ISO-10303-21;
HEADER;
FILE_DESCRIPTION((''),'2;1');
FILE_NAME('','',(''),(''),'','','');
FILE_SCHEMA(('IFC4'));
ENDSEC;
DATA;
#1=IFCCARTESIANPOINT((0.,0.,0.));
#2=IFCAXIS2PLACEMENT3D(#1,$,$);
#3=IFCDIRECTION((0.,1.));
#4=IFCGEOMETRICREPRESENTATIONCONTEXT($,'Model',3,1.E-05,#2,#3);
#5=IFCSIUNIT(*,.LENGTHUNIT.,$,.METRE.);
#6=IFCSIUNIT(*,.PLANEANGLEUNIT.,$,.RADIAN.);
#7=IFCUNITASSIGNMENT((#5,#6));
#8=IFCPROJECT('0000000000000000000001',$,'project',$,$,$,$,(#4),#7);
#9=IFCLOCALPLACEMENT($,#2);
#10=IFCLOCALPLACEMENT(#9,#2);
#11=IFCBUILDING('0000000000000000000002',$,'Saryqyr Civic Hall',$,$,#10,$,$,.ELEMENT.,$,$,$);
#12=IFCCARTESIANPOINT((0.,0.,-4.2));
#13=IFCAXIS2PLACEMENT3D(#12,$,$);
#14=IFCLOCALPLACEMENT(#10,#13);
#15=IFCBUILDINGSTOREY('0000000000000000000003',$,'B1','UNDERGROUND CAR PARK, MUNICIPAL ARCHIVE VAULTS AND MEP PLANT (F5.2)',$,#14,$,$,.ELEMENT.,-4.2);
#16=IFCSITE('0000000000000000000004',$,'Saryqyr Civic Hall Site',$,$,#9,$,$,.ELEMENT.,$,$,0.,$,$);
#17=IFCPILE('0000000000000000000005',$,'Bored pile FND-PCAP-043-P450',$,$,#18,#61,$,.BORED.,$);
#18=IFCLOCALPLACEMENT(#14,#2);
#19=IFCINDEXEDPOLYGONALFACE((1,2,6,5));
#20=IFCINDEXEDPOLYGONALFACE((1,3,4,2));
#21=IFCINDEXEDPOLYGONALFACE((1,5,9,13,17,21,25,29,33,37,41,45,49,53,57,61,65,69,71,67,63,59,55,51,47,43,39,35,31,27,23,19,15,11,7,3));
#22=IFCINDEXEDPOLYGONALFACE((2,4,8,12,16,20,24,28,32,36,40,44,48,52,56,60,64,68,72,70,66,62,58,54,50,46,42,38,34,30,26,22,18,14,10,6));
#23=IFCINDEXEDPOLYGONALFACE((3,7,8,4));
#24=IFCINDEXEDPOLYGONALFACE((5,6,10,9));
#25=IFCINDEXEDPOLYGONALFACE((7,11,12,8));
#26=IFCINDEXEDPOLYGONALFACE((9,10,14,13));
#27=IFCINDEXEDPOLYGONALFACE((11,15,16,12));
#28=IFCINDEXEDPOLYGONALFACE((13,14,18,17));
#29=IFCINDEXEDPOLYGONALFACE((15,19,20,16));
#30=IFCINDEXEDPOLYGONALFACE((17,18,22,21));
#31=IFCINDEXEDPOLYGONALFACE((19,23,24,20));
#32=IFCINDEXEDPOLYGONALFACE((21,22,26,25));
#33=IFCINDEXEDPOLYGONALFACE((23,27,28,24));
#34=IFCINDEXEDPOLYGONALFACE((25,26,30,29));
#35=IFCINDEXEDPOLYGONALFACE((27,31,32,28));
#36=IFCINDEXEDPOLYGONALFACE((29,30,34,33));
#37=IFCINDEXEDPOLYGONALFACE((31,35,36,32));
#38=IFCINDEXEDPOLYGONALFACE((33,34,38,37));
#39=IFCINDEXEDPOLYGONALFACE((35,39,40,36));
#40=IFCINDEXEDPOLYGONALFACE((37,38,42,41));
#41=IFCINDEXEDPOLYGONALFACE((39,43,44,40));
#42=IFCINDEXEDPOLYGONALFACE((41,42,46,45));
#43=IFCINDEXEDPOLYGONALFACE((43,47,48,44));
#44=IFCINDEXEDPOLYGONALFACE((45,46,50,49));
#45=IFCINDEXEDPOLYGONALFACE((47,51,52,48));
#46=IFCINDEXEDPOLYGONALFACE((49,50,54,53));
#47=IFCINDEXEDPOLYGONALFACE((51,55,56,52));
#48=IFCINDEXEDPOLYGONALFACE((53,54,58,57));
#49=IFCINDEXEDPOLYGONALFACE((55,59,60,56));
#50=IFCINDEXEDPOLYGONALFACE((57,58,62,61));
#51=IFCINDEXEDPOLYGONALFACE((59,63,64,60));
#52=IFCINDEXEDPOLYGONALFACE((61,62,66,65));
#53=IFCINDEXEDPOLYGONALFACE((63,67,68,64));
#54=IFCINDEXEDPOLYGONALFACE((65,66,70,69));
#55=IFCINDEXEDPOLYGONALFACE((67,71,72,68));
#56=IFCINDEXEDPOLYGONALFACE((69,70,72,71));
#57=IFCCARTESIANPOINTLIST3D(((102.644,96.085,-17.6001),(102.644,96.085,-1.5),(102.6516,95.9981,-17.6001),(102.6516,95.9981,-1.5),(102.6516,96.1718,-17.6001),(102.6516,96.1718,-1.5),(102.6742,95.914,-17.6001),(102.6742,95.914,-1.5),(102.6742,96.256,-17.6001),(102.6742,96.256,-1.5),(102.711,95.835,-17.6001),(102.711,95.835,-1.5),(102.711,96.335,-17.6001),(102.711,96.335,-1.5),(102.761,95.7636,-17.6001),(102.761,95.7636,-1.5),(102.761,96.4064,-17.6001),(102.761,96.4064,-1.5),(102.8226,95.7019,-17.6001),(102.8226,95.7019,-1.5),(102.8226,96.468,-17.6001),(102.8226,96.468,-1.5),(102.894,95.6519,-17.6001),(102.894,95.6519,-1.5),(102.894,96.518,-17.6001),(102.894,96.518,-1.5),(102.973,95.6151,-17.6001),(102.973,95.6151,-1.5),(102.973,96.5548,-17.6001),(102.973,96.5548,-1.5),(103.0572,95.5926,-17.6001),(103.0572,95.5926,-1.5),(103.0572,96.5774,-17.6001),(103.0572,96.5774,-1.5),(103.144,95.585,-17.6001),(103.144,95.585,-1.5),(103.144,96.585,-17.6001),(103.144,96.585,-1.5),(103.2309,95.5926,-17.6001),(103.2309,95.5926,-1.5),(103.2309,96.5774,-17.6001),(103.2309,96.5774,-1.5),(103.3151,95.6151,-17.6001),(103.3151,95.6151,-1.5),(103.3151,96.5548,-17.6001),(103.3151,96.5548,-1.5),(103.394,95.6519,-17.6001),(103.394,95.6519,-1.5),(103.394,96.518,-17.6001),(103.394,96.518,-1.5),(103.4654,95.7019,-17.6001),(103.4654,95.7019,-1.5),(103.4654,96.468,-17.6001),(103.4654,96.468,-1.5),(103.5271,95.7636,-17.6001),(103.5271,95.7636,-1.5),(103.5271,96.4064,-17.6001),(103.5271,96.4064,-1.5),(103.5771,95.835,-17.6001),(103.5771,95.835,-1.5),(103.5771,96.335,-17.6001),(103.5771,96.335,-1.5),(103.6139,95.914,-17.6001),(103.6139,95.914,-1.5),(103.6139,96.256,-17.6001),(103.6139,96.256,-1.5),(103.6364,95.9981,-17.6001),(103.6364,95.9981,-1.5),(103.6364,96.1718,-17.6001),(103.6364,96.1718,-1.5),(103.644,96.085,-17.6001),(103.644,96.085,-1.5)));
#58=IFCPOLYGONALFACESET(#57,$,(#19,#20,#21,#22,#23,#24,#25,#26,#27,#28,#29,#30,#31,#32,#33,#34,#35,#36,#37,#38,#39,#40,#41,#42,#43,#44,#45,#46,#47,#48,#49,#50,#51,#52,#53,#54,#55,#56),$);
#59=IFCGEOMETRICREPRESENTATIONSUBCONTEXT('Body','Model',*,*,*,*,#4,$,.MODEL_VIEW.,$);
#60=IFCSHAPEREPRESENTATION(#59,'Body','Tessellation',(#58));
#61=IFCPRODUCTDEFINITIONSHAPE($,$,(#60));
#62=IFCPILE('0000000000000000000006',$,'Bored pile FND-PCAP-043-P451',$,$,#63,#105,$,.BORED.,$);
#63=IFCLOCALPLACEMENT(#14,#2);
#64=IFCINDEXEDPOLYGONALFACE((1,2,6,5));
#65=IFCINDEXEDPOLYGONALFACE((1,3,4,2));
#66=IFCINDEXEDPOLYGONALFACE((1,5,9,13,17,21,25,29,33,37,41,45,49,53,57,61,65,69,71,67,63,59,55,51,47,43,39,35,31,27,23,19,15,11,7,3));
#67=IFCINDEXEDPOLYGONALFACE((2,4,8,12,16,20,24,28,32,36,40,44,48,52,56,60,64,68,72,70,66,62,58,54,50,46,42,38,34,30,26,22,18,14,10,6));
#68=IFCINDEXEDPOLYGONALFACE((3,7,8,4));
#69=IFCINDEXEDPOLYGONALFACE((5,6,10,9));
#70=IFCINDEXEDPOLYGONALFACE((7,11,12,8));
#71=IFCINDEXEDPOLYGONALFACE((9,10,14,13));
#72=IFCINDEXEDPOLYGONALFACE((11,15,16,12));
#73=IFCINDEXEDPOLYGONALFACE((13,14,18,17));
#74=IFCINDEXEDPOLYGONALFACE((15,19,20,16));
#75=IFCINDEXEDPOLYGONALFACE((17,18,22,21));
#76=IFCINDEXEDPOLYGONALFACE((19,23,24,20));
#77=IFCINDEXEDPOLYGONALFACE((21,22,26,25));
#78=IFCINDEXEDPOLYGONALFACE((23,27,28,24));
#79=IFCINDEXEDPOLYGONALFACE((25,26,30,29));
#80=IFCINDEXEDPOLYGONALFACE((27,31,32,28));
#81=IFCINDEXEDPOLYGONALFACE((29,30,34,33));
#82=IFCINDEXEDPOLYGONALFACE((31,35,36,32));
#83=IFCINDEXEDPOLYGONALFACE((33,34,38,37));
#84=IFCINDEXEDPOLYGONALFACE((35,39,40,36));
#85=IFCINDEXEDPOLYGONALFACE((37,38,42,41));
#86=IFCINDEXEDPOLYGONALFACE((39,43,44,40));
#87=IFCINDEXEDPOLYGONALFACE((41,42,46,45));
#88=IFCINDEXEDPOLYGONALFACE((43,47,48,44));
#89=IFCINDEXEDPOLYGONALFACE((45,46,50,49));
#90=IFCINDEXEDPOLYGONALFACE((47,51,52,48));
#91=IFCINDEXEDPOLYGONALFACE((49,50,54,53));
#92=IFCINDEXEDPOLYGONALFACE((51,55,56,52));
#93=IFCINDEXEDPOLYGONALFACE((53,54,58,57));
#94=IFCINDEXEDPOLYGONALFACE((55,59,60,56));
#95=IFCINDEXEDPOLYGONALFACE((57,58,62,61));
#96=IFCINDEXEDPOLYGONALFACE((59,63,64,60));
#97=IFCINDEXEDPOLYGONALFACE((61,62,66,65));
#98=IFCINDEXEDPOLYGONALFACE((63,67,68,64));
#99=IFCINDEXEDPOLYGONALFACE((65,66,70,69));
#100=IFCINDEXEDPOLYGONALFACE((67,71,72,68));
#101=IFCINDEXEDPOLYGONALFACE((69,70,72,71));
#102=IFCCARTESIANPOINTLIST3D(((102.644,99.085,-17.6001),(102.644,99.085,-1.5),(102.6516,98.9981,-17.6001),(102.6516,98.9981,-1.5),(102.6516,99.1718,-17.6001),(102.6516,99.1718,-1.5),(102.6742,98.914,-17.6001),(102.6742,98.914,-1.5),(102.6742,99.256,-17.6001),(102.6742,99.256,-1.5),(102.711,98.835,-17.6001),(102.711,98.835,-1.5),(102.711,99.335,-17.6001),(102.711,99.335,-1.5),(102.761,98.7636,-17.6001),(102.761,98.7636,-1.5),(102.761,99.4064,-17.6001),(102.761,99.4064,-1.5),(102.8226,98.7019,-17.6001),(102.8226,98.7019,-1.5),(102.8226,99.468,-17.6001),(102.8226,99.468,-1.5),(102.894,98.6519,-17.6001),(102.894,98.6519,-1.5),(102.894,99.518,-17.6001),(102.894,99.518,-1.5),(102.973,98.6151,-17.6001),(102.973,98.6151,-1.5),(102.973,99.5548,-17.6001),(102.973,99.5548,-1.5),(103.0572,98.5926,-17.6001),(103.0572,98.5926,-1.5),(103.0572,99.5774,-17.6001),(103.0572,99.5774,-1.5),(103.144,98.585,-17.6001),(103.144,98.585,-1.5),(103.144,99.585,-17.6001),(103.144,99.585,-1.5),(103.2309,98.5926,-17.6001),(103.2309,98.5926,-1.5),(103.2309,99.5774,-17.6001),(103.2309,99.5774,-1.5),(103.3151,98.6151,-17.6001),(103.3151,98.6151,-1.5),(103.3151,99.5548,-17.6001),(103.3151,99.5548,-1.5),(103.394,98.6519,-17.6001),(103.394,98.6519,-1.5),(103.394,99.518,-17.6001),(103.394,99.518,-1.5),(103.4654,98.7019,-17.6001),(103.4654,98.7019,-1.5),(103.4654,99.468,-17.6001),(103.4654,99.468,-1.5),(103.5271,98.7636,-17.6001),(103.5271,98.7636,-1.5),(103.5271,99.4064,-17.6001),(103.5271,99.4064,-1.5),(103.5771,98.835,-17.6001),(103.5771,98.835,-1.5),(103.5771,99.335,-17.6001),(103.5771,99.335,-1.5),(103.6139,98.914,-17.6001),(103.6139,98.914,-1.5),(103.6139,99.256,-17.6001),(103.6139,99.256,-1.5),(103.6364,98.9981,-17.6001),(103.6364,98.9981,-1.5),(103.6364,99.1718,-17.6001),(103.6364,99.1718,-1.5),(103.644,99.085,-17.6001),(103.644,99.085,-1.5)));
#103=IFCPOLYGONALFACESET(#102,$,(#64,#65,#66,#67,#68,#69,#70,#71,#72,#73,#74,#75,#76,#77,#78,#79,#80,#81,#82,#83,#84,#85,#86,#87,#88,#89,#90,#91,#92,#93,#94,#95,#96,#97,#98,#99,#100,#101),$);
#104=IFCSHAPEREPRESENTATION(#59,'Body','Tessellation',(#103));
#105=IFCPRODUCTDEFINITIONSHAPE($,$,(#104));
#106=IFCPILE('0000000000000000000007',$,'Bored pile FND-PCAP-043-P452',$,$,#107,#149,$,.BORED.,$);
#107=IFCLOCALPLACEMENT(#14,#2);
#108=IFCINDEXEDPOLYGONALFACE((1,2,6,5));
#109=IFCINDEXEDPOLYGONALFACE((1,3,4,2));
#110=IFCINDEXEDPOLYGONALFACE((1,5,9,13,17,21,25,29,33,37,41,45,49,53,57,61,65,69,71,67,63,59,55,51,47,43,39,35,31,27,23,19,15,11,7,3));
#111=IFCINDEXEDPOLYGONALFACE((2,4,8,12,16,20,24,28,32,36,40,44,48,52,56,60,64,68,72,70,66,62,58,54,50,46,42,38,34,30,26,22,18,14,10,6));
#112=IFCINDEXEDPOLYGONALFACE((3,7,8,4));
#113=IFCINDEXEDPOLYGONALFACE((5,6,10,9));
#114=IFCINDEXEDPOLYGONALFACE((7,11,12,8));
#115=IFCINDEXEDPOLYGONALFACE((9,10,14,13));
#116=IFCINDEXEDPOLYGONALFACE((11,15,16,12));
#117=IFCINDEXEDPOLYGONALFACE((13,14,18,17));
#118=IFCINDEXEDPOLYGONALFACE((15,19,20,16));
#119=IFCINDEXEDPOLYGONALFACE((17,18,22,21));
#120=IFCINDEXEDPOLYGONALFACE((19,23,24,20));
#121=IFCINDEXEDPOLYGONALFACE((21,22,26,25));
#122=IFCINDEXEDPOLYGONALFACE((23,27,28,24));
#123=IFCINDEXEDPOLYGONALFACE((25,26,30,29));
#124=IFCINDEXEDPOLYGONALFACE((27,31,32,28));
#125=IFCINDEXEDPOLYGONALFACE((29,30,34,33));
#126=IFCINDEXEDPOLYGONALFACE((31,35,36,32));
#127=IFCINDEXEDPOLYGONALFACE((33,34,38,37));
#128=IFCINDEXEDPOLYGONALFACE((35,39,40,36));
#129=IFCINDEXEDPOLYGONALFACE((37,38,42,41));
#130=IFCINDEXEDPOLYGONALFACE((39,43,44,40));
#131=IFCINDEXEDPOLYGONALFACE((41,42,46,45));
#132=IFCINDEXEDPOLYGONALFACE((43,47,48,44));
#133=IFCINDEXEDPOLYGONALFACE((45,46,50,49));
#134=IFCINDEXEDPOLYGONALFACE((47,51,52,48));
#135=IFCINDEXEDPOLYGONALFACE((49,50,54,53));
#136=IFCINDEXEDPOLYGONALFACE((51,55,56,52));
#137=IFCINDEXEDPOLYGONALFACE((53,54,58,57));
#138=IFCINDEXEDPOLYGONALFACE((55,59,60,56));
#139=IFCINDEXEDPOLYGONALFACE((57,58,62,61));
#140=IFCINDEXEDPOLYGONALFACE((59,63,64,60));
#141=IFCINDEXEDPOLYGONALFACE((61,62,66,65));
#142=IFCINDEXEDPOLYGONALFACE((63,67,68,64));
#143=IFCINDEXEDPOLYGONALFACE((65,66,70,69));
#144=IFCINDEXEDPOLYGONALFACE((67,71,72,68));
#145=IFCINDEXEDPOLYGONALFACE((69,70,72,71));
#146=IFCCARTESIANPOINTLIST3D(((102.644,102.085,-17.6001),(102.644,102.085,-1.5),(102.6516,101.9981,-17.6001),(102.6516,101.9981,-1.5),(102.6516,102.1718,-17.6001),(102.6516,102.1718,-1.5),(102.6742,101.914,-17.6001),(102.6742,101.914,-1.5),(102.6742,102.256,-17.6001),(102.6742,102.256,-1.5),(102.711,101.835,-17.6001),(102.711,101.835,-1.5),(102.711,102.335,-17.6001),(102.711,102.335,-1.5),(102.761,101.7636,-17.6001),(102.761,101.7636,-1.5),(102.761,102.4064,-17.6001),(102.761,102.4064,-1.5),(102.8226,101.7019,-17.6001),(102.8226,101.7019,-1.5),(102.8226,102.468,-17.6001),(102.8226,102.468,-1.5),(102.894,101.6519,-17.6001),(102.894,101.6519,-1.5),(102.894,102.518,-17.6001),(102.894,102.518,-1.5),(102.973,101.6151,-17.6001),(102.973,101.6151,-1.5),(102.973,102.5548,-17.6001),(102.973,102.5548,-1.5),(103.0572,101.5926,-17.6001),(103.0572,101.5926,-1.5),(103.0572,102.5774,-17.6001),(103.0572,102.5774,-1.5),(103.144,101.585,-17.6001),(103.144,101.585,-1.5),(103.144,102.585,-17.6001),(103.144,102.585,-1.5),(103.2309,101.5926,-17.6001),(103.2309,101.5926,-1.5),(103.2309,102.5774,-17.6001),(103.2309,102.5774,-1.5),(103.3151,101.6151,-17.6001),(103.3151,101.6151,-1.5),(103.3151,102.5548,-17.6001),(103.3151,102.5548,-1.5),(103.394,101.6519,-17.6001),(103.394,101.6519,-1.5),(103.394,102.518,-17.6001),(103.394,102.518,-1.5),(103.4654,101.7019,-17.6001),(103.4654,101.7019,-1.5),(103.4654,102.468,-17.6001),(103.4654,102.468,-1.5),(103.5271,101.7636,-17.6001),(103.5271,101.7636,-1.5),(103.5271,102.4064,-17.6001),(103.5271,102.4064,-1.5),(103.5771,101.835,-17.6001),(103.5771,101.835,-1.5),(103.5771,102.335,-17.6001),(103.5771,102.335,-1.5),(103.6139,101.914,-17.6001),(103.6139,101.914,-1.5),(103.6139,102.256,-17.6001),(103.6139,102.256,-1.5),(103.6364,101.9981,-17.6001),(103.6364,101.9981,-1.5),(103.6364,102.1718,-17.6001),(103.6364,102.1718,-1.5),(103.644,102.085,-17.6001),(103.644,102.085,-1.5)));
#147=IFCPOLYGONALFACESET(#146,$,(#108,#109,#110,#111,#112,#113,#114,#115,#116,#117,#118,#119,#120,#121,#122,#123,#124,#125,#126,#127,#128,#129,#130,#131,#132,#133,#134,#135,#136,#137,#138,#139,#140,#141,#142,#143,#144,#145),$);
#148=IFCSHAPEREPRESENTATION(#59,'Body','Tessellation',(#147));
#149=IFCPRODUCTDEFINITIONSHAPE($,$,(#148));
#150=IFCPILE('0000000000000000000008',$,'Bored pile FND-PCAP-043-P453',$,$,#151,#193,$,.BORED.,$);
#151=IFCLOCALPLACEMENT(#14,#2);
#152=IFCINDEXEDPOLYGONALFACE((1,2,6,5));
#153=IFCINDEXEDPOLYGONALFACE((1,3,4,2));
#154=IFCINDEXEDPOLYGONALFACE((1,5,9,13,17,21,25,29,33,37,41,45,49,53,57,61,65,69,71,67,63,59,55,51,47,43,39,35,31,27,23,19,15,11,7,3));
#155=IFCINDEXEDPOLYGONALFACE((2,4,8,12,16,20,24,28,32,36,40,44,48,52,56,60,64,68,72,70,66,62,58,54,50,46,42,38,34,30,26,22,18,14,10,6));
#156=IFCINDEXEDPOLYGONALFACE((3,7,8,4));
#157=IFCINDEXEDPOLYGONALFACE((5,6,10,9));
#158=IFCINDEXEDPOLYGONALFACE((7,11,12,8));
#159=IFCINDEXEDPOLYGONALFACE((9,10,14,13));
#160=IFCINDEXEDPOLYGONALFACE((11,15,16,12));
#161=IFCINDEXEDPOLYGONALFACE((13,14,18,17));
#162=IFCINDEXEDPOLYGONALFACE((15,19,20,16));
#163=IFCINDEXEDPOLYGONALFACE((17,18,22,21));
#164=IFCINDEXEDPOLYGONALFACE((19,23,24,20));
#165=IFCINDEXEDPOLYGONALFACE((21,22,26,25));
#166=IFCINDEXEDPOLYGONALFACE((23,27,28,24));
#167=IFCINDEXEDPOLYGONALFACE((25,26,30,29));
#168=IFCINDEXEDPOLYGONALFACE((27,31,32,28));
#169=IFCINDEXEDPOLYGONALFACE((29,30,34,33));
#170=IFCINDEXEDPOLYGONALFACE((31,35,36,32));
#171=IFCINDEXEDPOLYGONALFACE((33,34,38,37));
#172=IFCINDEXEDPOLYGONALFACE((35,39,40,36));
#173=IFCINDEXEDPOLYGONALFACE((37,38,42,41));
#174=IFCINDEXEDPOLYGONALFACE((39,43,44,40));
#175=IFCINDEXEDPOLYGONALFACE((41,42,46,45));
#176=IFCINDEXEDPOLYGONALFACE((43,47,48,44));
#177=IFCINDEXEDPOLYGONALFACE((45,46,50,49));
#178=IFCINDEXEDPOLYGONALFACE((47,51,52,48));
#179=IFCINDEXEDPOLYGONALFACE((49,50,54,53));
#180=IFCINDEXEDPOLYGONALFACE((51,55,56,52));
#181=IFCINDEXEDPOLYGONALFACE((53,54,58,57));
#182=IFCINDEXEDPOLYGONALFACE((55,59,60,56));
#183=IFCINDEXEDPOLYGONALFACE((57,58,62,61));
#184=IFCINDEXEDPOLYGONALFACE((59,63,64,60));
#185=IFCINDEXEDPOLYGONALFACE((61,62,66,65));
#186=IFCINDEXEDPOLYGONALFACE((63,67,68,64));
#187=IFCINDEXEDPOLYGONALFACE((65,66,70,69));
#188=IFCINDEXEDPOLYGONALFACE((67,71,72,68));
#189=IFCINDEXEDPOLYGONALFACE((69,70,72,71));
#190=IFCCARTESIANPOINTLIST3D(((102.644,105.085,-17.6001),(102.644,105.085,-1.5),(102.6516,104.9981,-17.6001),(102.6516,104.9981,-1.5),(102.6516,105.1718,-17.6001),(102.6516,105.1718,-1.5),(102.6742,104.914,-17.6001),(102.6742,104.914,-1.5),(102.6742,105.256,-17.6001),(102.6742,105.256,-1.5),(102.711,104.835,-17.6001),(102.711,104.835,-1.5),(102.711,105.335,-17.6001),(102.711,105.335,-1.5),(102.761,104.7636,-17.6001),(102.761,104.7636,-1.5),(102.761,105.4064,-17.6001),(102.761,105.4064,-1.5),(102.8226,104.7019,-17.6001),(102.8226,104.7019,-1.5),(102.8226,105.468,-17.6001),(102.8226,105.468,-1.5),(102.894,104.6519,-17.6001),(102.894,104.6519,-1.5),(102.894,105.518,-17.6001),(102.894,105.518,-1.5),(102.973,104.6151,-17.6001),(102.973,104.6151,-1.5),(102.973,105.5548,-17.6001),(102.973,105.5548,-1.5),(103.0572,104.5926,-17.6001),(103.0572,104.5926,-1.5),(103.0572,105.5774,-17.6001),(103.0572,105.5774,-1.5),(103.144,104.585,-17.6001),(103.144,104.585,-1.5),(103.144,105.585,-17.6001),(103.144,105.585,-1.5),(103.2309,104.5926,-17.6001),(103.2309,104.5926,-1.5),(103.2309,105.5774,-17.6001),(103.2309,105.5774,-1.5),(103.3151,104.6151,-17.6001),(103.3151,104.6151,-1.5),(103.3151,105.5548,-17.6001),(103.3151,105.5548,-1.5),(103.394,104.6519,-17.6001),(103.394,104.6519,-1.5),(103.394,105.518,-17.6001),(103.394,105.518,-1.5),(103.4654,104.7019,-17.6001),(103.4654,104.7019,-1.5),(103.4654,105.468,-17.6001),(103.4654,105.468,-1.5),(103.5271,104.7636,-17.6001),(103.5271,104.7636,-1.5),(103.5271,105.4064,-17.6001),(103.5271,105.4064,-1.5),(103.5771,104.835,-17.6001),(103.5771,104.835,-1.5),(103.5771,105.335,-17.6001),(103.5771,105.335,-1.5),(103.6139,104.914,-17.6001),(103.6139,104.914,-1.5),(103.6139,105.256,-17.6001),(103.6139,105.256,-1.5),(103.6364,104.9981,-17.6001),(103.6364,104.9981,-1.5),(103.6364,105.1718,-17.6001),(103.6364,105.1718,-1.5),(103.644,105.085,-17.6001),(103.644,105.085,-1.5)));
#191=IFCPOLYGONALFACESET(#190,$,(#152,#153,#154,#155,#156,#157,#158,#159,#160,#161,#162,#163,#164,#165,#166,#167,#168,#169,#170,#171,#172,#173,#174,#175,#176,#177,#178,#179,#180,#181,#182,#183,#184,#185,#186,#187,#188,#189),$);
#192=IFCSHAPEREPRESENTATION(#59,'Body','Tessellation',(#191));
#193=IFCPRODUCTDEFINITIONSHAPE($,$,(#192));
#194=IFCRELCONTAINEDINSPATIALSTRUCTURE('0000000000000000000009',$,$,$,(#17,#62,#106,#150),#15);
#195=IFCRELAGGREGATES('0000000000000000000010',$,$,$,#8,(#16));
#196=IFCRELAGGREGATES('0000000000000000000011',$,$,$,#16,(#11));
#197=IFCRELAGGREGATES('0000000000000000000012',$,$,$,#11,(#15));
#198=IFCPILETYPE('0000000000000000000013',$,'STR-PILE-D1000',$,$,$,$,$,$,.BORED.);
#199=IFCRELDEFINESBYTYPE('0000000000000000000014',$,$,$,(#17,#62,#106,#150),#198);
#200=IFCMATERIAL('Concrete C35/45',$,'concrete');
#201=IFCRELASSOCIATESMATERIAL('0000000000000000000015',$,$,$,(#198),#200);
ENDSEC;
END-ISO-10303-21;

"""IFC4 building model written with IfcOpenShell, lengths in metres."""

from ifc_helpers import new_model, si_unit, direction, frame, origin, origin_2d, place, context, subcontext, project, spatial, circle, extrude, material, material_profile, profile_set, type_object, element, save


model = new_model("IFC4")

# Units and contexts
model_context = context("Model", 3, precision=1e-05, world=origin(), true_north=direction((0.0, 1.0)))
body_context = subcontext(model_context, "Body", "Model", "MODEL_VIEW")
ifc_project = project(units=[si_unit("LENGTHUNIT", "METRE"), si_unit("PLANEANGLEUNIT", "RADIAN")], contexts=[model_context])

# Site, building, storey
site_placement = place(None, origin())
site = spatial("IfcSite", under=ifc_project, at=site_placement, Name="Saryqyr Civic Hall Site", CompositionType="ELEMENT", RefElevation=0.0)
building_placement = place(site_placement, origin())
building = spatial("IfcBuilding", under=site, at=building_placement, Name="Saryqyr Civic Hall", CompositionType="ELEMENT")
storey_placement = place(building_placement, frame((0.0, 0.0, -4.2)))
storey = spatial("IfcBuildingStorey", under=building, at=storey_placement, Name="B1", Description="UNDERGROUND CAR PARK, MUNICIPAL ARCHIVE VAULTS AND MEP PLANT (F5.2)", CompositionType="ELEMENT", Elevation=-4.2)

# Piles
ifc_material_1 = material(Name="Concrete C35/45", Category="concrete")
ifc_material_profile_1 = material_profile(ifc_material_1, circle(Radius=0.5, at=origin_2d()), Name="BORED PILE D1000")
ifc_profile_set_1 = profile_set([ifc_material_profile_1], Name="Concrete C35/45")
pile_type = type_object("IfcPileType", Name="STR-PILE-D1000", PredefinedType="BORED", material=ifc_profile_set_1)
for number, where, z_axis, x_axis, name in (
    (1, (103.144, 96.085, -1.5), (0.0, 0.0, -1.0), (1.0, 0.0, 0.0), "Bored pile FND-PCAP-043-P450"),
    (2, (103.144, 99.085, -1.5), (0.0, 0.0, -1.0), (1.0, 0.0, 0.0), "Bored pile FND-PCAP-043-P451"),
    (3, (103.144, 102.085, -1.5), (0.0, 0.0, -1.0), (1.0, 0.0, 0.0), "Bored pile FND-PCAP-043-P452"),
    (4, (103.144, 105.085, -1.5), (0.0, 0.0, -1.0), (1.0, 0.0, 0.0), "Bored pile FND-PCAP-043-P453"),
):
    element("IfcPile", number, at=place(storey_placement, frame(where, z_axis=z_axis, x_axis=x_axis)), inside=storey, type_object=pile_type, Name=name, PredefinedType="BORED", context=body_context, shape_type="SweptSolid", body=[
        extrude(circle(Radius=0.5, at=origin_2d()), origin(), (0.0, 0.0, 1.0), 16.1001),
    ])

save(model, "model.ifc")
